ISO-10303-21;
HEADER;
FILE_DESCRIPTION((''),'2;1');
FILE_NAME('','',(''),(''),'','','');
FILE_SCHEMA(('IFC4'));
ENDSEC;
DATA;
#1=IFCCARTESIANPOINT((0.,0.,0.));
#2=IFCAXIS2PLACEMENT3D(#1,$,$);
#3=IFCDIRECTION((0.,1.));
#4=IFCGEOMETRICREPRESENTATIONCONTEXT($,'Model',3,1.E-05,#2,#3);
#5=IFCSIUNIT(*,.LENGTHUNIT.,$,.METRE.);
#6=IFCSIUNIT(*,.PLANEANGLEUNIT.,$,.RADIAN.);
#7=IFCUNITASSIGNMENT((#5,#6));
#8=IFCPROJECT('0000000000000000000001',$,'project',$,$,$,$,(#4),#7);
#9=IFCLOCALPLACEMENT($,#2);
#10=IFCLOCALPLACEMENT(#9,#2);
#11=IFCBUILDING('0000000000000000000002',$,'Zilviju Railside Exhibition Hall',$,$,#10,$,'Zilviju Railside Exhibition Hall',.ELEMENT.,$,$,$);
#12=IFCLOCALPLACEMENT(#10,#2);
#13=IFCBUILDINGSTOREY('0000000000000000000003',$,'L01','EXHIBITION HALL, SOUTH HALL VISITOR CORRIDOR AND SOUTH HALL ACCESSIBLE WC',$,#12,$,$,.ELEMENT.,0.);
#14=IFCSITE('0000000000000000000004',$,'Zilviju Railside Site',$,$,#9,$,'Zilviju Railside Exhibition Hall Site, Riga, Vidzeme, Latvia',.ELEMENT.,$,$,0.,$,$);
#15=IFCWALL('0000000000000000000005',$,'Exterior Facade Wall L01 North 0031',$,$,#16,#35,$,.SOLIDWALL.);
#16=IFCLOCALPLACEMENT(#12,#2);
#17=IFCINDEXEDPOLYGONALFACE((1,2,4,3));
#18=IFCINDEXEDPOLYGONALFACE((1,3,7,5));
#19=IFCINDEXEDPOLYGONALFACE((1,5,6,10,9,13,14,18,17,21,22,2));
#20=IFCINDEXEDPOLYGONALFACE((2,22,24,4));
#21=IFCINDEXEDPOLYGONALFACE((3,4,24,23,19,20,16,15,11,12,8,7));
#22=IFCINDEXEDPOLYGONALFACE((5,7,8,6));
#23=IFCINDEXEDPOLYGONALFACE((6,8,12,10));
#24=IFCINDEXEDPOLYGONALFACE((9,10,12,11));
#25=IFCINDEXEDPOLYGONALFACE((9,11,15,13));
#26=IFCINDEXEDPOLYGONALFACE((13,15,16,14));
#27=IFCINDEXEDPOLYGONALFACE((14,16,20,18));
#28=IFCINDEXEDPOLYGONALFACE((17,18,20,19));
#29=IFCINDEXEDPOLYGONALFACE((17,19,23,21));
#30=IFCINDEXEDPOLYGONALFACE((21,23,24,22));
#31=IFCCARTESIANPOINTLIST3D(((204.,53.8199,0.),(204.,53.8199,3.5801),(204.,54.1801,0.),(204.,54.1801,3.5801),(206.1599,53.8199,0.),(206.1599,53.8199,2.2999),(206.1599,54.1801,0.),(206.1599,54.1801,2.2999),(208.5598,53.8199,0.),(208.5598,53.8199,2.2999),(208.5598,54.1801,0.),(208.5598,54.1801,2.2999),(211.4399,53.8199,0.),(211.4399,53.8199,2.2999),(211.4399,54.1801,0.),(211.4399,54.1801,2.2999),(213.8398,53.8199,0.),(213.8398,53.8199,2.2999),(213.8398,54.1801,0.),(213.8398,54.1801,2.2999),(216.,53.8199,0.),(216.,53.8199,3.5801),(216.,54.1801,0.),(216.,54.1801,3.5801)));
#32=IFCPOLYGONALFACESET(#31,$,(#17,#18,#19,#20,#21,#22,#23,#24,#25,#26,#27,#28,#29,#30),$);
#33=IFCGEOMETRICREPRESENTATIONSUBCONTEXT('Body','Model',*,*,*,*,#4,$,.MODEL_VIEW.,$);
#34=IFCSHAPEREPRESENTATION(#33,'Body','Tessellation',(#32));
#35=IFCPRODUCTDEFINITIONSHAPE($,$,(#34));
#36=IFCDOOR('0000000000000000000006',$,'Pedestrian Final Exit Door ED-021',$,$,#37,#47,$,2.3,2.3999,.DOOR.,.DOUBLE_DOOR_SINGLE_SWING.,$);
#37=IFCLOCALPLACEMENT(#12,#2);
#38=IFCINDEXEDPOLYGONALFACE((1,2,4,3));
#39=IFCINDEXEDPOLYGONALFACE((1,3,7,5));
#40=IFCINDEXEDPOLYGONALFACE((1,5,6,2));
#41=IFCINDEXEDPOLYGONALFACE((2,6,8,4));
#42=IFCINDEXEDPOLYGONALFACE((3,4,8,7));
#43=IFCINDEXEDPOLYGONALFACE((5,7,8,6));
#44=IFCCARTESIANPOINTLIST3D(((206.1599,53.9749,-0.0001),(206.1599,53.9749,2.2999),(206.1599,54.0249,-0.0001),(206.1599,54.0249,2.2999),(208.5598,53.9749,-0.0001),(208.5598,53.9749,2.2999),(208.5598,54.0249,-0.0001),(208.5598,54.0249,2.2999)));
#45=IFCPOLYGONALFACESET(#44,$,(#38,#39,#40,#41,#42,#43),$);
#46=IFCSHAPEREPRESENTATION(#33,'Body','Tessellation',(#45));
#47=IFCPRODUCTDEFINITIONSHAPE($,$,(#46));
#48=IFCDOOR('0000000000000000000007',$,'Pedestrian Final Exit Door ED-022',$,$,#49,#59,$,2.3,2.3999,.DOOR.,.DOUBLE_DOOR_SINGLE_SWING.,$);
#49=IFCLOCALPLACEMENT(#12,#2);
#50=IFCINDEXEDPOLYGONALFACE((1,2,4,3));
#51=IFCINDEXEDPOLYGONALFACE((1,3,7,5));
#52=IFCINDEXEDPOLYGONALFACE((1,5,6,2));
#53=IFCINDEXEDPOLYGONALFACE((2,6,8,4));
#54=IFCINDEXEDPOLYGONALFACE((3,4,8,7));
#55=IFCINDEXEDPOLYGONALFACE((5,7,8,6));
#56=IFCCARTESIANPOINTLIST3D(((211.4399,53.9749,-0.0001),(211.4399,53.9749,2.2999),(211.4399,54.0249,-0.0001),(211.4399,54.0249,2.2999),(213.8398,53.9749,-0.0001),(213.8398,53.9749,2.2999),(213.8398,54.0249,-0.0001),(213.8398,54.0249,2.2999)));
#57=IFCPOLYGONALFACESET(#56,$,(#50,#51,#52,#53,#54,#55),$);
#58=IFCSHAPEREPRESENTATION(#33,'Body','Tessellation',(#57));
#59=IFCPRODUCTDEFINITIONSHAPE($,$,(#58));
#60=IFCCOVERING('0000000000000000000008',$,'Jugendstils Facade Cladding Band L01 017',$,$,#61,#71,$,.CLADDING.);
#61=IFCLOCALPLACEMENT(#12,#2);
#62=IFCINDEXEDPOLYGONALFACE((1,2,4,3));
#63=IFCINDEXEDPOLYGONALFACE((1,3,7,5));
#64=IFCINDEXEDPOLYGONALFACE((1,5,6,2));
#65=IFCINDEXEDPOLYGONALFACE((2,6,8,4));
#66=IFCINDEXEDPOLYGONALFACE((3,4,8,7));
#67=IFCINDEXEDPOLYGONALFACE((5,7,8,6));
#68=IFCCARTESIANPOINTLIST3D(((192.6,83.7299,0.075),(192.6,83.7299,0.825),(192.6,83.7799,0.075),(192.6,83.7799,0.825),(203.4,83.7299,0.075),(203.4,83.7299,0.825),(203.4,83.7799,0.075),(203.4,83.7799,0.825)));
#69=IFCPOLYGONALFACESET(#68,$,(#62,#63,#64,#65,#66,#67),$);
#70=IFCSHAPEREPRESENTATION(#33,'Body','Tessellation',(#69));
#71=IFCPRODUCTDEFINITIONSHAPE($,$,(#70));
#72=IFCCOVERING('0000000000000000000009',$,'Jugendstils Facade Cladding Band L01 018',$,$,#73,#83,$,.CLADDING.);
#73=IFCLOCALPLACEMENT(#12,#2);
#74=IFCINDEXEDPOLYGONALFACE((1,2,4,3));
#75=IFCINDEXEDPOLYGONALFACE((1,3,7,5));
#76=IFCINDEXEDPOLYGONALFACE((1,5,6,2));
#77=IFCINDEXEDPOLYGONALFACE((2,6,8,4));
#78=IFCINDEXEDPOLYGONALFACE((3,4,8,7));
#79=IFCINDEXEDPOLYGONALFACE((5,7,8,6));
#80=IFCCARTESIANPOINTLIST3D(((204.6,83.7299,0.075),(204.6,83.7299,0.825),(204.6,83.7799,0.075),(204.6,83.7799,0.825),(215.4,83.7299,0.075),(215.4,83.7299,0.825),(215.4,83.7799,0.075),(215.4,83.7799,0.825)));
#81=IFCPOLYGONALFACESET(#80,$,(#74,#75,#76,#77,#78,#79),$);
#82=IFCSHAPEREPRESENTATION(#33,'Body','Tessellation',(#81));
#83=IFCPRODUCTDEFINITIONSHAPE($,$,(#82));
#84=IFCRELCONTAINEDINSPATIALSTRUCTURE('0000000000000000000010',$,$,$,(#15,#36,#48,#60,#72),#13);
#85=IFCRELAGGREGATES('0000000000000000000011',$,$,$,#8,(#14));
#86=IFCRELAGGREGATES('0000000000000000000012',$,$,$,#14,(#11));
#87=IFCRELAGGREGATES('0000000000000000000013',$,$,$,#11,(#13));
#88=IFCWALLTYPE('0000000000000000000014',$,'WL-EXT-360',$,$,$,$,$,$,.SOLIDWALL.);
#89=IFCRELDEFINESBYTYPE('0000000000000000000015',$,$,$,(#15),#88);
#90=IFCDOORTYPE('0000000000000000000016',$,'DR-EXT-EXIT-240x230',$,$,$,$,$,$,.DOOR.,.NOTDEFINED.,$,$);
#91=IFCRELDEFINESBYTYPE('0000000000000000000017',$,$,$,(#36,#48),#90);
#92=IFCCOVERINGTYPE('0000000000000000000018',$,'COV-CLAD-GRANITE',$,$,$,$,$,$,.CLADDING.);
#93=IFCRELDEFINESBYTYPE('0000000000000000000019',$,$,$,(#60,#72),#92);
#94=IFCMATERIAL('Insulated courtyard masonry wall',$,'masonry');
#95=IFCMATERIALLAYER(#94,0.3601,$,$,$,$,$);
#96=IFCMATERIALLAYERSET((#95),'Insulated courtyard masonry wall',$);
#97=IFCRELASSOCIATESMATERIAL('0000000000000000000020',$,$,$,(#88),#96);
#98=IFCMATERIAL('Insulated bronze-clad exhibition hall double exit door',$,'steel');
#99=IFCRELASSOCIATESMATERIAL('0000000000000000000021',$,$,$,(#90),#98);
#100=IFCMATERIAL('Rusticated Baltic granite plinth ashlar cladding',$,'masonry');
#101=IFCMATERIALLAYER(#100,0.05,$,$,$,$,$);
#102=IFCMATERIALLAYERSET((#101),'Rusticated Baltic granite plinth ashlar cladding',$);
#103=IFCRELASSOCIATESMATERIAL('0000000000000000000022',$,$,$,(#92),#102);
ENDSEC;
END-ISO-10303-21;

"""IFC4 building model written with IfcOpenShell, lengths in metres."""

from ifc_helpers import new_model, si_unit, direction, frame, frame_2d, origin, origin_2d, place, context, subcontext, project, spatial, rectangle, extrude, material, layer, layer_set, type_object, element, fill, save


model = new_model("IFC4")

# Units and contexts
model_context = context("Model", 3, precision=1e-05, world=origin(), true_north=direction((0.0, 1.0)))
body_context = subcontext(model_context, "Body", "Model", "MODEL_VIEW")
ifc_project = project(units=[si_unit("LENGTHUNIT", "METRE"), si_unit("PLANEANGLEUNIT", "RADIAN")], contexts=[model_context])

# Site, building, storey
site_placement = place(None, origin())
site = spatial("IfcSite", under=ifc_project, at=site_placement, Name="Zilviju Railside Site", LongName="Zilviju Railside Exhibition Hall Site, Riga, Vidzeme, Latvia", CompositionType="ELEMENT", RefElevation=0.0)
building_placement = place(site_placement, origin())
building = spatial("IfcBuilding", under=site, at=building_placement, Name="Zilviju Railside Exhibition Hall", LongName="Zilviju Railside Exhibition Hall", CompositionType="ELEMENT")
storey_placement = place(building_placement, origin())
storey = spatial("IfcBuildingStorey", under=building, at=storey_placement, Name="L01", Description="EXHIBITION HALL, SOUTH HALL VISITOR CORRIDOR AND SOUTH HALL ACCESSIBLE WC", CompositionType="ELEMENT", Elevation=0.0)

# Wall, openings, doors
ifc_material_1 = material(Name="Insulated courtyard masonry wall", Category="masonry")
ifc_layer_1 = layer(ifc_material_1, 0.3601)
ifc_layer_set_1 = layer_set([ifc_layer_1], Name="Insulated courtyard masonry wall")
wall_type = type_object("IfcWallType", Name="WL-EXT-360", PredefinedType="SOLIDWALL", material=ifc_layer_set_1)
wall_placement = place(storey_placement, frame((204.0, 54.0, 0.0), z_axis=(0.0, 0.0, 1.0), x_axis=(1.0, 0.0, 0.0)))
wall = element("IfcWall", 1, at=wall_placement, inside=storey, type_object=wall_type, Name="Exterior Facade Wall L01 North 0031", PredefinedType="SOLIDWALL", context=body_context, shape_type="SweptSolid", body=[
    extrude(rectangle(XDim=12.0, YDim=0.3601, at=frame_2d((6.0, 0.0))), origin(), (0.0, 0.0, 1.0), 3.5801),
])
opening_1_placement = place(wall_placement, frame((2.1599, 0.0, 0.0)))
opening_1 = element("IfcOpeningElement", 2, at=opening_1_placement, cuts=wall, PredefinedType="OPENING", context=body_context, shape_type="SweptSolid", body=[
    extrude(rectangle(XDim=2.3999, YDim=2.3, at=frame_2d((1.2, 1.1499))), frame((0.0, 0.1899, 0.0), z_axis=(0.0, -1.0, 0.0), x_axis=(1.0, 0.0, 0.0)), (0.0, 0.0, 1.0), 0.3801),
])
opening_2_placement = place(wall_placement, frame((7.4399, 0.0, 0.0)))
opening_2 = element("IfcOpeningElement", 3, at=opening_2_placement, cuts=wall, PredefinedType="OPENING", context=body_context, shape_type="SweptSolid", body=[
    extrude(rectangle(XDim=2.3999, YDim=2.3, at=frame_2d((1.2, 1.1499))), frame((0.0, 0.1899, 0.0), z_axis=(0.0, -1.0, 0.0), x_axis=(1.0, 0.0, 0.0)), (0.0, 0.0, 1.0), 0.3801),
])
ifc_material_2 = material(Name="Insulated bronze-clad exhibition hall double exit door", Category="steel")
door_type = type_object("IfcDoorType", Name="DR-EXT-EXIT-240x230", OperationType="NOTDEFINED", PredefinedType="DOOR", material=ifc_material_2)
door_1_placement = place(opening_1_placement, origin())
door_1 = element("IfcDoor", 4, at=door_1_placement, inside=storey, type_object=door_type, Name="Pedestrian Final Exit Door ED-021", OperationType="DOUBLE_DOOR_SINGLE_SWING", OverallHeight=2.3, OverallWidth=2.3999, PredefinedType="DOOR", context=body_context, shape_type="SweptSolid", body=[
    extrude(rectangle(XDim=2.3999, YDim=2.3, at=frame_2d((1.2, 1.1499))), frame((0.0, 0.0249, 0.0), z_axis=(0.0, -1.0, 0.0), x_axis=(1.0, 0.0, 0.0)), (0.0, 0.0, 1.0), 0.05),
])
fill(opening_1, door_1)
door_2_placement = place(opening_2_placement, origin())
door_2 = element("IfcDoor", 5, at=door_2_placement, inside=storey, type_object=door_type, Name="Pedestrian Final Exit Door ED-022", OperationType="DOUBLE_DOOR_SINGLE_SWING", OverallHeight=2.3, OverallWidth=2.3999, PredefinedType="DOOR", context=body_context, shape_type="SweptSolid", body=[
    extrude(rectangle(XDim=2.3999, YDim=2.3, at=frame_2d((1.2, 1.1499))), frame((0.0, 0.0249, 0.0), z_axis=(0.0, -1.0, 0.0), x_axis=(1.0, 0.0, 0.0)), (0.0, 0.0, 1.0), 0.05),
])
fill(opening_2, door_2)

# Coverings
ifc_material_3 = material(Name="Rusticated Baltic granite plinth ashlar cladding", Category="masonry")
ifc_layer_2 = layer(ifc_material_3, 0.05)
ifc_layer_set_2 = layer_set([ifc_layer_2], Name="Rusticated Baltic granite plinth ashlar cladding")
covering_type = type_object("IfcCoveringType", Name="COV-CLAD-GRANITE", PredefinedType="CLADDING", material=ifc_layer_set_2)
for number, where, z_axis, x_axis, name in (
    (6, (198.0, 83.7549, 0.075), (0.0, 0.0, 1.0), (-1.0, 0.0, 0.0), "Jugendstils Facade Cladding Band L01 017"),
    (7, (210.0, 83.7549, 0.075), (0.0, 0.0, 1.0), (-1.0, 0.0, 0.0), "Jugendstils Facade Cladding Band L01 018"),
):
    element("IfcCovering", number, at=place(storey_placement, frame(where, z_axis=z_axis, x_axis=x_axis)), inside=storey, type_object=covering_type, Name=name, PredefinedType="CLADDING", context=body_context, shape_type="SweptSolid", body=[
        extrude(rectangle(XDim=10.8, YDim=0.05, at=origin_2d()), origin(), (0.0, 0.0, 1.0), 0.75),
    ])

save(model, "model.ifc")
